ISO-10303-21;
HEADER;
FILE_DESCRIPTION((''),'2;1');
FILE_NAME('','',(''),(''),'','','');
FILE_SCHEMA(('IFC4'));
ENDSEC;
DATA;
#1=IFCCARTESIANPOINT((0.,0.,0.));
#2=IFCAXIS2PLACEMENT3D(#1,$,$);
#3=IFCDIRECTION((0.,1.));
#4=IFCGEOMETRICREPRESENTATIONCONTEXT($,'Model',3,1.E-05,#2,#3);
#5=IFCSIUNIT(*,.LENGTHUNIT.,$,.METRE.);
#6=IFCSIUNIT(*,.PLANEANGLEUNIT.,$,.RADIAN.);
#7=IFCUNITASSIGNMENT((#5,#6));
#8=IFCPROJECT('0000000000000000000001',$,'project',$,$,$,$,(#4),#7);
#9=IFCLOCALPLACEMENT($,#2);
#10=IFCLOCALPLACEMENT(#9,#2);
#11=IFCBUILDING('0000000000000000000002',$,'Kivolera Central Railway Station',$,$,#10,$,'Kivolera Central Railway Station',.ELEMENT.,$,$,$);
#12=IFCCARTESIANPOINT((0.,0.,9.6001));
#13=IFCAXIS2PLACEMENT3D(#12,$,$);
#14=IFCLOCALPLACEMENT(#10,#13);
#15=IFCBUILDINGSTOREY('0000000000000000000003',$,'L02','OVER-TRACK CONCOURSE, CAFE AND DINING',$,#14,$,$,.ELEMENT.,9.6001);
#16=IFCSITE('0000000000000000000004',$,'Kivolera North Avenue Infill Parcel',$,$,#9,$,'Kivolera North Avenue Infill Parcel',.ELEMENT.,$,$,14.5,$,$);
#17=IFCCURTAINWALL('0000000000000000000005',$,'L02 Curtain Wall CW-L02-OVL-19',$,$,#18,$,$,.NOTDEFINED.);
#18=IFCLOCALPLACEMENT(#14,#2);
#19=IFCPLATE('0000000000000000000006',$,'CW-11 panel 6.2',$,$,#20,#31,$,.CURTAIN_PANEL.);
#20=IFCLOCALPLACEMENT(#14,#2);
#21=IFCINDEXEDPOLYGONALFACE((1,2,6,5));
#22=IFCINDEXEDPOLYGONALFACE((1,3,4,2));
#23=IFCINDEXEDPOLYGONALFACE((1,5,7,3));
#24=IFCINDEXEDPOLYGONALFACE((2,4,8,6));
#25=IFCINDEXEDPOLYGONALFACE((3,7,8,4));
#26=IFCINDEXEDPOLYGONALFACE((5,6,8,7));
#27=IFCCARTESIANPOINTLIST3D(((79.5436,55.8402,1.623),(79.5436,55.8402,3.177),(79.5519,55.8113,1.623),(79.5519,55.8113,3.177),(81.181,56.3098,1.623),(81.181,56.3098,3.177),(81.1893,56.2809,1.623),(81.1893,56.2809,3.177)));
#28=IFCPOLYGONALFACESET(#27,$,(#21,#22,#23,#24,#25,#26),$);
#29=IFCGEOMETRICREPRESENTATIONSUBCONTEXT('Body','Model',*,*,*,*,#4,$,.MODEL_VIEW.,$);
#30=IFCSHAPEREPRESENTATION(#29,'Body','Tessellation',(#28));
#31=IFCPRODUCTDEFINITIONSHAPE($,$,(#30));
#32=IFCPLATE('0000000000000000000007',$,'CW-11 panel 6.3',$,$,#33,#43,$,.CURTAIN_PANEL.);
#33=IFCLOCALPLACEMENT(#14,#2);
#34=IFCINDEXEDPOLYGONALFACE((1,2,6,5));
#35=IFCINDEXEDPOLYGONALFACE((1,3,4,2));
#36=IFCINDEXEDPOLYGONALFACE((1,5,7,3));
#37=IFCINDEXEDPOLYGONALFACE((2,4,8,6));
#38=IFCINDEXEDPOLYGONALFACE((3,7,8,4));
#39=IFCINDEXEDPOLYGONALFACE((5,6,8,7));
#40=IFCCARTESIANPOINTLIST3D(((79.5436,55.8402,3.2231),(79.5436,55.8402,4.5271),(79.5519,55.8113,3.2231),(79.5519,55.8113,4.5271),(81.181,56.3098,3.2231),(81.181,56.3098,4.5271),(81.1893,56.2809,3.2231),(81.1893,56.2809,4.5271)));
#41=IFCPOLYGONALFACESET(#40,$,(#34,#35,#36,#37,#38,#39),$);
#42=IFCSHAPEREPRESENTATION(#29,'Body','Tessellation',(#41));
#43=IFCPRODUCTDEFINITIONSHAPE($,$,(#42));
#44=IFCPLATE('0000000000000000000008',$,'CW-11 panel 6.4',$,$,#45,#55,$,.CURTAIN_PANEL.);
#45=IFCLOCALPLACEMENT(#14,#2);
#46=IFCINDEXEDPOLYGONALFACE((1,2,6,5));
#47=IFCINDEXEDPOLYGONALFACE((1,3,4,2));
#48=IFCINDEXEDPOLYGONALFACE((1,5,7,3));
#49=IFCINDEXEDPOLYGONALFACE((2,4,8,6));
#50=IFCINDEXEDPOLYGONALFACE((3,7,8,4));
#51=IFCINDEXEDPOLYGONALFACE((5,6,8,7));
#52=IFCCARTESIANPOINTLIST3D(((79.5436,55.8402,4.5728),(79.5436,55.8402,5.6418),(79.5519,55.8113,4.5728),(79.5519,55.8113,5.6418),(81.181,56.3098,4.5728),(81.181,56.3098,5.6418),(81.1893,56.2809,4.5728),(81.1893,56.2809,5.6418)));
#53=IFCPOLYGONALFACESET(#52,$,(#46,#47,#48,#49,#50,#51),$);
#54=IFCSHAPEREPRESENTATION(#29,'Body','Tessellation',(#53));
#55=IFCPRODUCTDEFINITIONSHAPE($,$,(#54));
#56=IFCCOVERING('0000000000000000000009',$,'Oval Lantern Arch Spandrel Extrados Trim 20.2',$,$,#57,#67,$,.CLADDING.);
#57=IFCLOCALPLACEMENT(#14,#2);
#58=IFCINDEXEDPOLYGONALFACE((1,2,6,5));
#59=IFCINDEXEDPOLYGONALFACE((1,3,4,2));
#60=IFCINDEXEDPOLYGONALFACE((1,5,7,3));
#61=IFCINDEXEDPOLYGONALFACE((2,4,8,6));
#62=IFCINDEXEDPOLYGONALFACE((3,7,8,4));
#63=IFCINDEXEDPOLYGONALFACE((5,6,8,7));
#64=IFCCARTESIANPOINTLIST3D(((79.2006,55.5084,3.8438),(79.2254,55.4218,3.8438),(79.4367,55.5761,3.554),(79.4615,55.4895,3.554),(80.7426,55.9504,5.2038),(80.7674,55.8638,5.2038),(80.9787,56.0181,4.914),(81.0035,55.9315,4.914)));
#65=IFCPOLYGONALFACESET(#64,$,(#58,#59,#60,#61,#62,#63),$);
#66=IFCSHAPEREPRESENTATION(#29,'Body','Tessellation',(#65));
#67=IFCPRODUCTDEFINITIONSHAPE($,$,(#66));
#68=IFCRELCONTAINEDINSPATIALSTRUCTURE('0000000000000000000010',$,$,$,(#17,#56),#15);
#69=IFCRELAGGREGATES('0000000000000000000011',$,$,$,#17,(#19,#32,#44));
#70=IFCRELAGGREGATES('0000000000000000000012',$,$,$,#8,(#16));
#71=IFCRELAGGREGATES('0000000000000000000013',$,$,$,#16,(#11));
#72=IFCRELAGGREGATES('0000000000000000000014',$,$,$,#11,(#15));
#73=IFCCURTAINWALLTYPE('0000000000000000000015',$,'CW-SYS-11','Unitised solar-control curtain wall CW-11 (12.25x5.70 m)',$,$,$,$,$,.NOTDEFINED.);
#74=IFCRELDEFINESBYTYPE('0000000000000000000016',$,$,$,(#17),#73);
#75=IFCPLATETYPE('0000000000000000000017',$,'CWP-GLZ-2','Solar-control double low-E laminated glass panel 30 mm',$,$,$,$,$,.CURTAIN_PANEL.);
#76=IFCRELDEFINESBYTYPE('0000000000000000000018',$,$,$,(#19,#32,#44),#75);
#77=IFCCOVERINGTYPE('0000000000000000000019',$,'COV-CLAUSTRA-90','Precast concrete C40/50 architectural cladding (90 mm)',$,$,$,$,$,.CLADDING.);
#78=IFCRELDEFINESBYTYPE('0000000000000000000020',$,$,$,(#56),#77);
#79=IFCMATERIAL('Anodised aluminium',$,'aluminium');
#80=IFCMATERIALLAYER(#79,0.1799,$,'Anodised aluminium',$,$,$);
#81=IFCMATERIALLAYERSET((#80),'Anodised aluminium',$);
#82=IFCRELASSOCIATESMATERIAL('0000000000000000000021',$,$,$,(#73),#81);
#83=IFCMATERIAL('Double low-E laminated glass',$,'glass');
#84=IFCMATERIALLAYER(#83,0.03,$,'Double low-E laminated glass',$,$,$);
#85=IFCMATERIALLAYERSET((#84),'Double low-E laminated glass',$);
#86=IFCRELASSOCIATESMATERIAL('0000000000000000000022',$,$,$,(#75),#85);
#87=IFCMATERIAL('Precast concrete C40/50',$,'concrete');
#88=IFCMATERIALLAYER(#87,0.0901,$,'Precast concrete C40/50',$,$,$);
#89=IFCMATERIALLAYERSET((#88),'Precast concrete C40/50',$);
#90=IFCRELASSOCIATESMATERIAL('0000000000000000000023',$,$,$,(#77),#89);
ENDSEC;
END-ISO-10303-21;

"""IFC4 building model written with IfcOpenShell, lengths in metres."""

from ifc_helpers import new_model, si_unit, direction, frame, origin, origin_2d, place, context, subcontext, project, spatial, rectangle, extrude, material, layer, layer_set, type_object, element, aggregate, save


model = new_model("IFC4")

# Units and contexts
model_context = context("Model", 3, precision=1e-05, world=origin(), true_north=direction((0.0, 1.0)))
body_context = subcontext(model_context, "Body", "Model", "MODEL_VIEW")
ifc_project = project(units=[si_unit("LENGTHUNIT", "METRE"), si_unit("PLANEANGLEUNIT", "RADIAN")], contexts=[model_context])

# Site, building, storey
site_placement = place(None, origin())
site = spatial("IfcSite", under=ifc_project, at=site_placement, Name="Kivolera North Avenue Infill Parcel", LongName="Kivolera North Avenue Infill Parcel", CompositionType="ELEMENT", RefElevation=14.5)
building_placement = place(site_placement, origin())
building = spatial("IfcBuilding", under=site, at=building_placement, Name="Kivolera Central Railway Station", LongName="Kivolera Central Railway Station", CompositionType="ELEMENT")
storey_placement = place(building_placement, frame((0.0, 0.0, 9.6001)))
storey = spatial("IfcBuildingStorey", under=building, at=storey_placement, Name="L02", Description="OVER-TRACK CONCOURSE, CAFE AND DINING", CompositionType="ELEMENT", Elevation=9.6001)

# Curtain wall, plates
ifc_material_1 = material(Name="Anodised aluminium", Category="aluminium")
ifc_layer_1 = layer(ifc_material_1, 0.1799, Name="Anodised aluminium")
ifc_layer_set_1 = layer_set([ifc_layer_1], Name="Anodised aluminium")
curtain_wall_type = type_object("IfcCurtainWallType", Name="CW-SYS-11", Description="Unitised solar-control curtain wall CW-11 (12.25x5.70 m)", PredefinedType="NOTDEFINED", material=ifc_layer_set_1)
curtain_wall_placement = place(storey_placement, origin())
curtain_wall = element("IfcCurtainWall", 1, at=curtain_wall_placement, inside=storey, type_object=curtain_wall_type, Name="L02 Curtain Wall CW-L02-OVL-19", PredefinedType="NOTDEFINED")
ifc_material_2 = material(Name="Double low-E laminated glass", Category="glass")
ifc_layer_2 = layer(ifc_material_2, 0.03, Name="Double low-E laminated glass")
ifc_layer_set_2 = layer_set([ifc_layer_2], Name="Double low-E laminated glass")
plate_type = type_object("IfcPlateType", Name="CWP-GLZ-2", Description="Solar-control double low-E laminated glass panel 30 mm", PredefinedType="CURTAIN_PANEL", material=ifc_layer_set_2)
plate_1_placement = place(storey_placement, frame((80.3665, 56.0605, 1.623), z_axis=(0.0, 0.0, 1.0), x_axis=(-0.961246, -0.275692, 0.0)))
plate_1 = element("IfcPlate", 2, at=plate_1_placement, type_object=plate_type, Name="CW-11 panel 6.2", PredefinedType="CURTAIN_PANEL", context=body_context, shape_type="SweptSolid", body=[
    extrude(rectangle(XDim=1.7034, YDim=0.03, at=origin_2d()), origin(), (0.0, 0.0, 1.0), 1.554),
])
plate_2_placement = place(storey_placement, frame((80.3665, 56.0605, 3.2231), z_axis=(0.0, 0.0, 1.0), x_axis=(-0.961246, -0.275692, 0.0)))
plate_2 = element("IfcPlate", 3, at=plate_2_placement, type_object=plate_type, Name="CW-11 panel 6.3", PredefinedType="CURTAIN_PANEL", context=body_context, shape_type="SweptSolid", body=[
    extrude(rectangle(XDim=1.7034, YDim=0.03, at=origin_2d()), origin(), (0.0, 0.0, 1.0), 1.304),
])
plate_3_placement = place(storey_placement, frame((80.3665, 56.0605, 4.5728), z_axis=(0.0, 0.0, 1.0), x_axis=(-0.961246, -0.275692, 0.0)))
plate_3 = element("IfcPlate", 4, at=plate_3_placement, type_object=plate_type, Name="CW-11 panel 6.4", PredefinedType="CURTAIN_PANEL", context=body_context, shape_type="SweptSolid", body=[
    extrude(rectangle(XDim=1.7034, YDim=0.03, at=origin_2d()), origin(), (0.0, 0.0, 1.0), 1.0691),
])
aggregate(curtain_wall, [plate_1, plate_2, plate_3])

# Covering
ifc_material_3 = material(Name="Precast concrete C40/50", Category="concrete")
ifc_layer_3 = layer(ifc_material_3, 0.0901, Name="Precast concrete C40/50")
ifc_layer_set_3 = layer_set([ifc_layer_3], Name="Precast concrete C40/50")
covering_type = type_object("IfcCoveringType", Name="COV-CLAUSTRA-90", Description="Precast concrete C40/50 architectural cladding (90 mm)", PredefinedType="CLADDING", material=ifc_layer_set_3)
covering_placement = place(storey_placement, frame((80.1021, 55.72, 4.3789), z_axis=(0.733228, 0.210173, 0.646686), x_axis=(0.275632, -0.961263, 0.0)))
element("IfcCovering", 5, at=covering_placement, inside=storey, type_object=covering_type, Name="Oval Lantern Arch Spandrel Extrados Trim 20.2", PredefinedType="CLADDING", context=body_context, shape_type="SweptSolid", body=[
    extrude(rectangle(XDim=0.0901, YDim=0.3799, at=origin_2d()), frame((0.0, 0.0, -1.0515)), (0.0, 0.0, 1.0), 2.103),
])

save(model, "model.ifc")
